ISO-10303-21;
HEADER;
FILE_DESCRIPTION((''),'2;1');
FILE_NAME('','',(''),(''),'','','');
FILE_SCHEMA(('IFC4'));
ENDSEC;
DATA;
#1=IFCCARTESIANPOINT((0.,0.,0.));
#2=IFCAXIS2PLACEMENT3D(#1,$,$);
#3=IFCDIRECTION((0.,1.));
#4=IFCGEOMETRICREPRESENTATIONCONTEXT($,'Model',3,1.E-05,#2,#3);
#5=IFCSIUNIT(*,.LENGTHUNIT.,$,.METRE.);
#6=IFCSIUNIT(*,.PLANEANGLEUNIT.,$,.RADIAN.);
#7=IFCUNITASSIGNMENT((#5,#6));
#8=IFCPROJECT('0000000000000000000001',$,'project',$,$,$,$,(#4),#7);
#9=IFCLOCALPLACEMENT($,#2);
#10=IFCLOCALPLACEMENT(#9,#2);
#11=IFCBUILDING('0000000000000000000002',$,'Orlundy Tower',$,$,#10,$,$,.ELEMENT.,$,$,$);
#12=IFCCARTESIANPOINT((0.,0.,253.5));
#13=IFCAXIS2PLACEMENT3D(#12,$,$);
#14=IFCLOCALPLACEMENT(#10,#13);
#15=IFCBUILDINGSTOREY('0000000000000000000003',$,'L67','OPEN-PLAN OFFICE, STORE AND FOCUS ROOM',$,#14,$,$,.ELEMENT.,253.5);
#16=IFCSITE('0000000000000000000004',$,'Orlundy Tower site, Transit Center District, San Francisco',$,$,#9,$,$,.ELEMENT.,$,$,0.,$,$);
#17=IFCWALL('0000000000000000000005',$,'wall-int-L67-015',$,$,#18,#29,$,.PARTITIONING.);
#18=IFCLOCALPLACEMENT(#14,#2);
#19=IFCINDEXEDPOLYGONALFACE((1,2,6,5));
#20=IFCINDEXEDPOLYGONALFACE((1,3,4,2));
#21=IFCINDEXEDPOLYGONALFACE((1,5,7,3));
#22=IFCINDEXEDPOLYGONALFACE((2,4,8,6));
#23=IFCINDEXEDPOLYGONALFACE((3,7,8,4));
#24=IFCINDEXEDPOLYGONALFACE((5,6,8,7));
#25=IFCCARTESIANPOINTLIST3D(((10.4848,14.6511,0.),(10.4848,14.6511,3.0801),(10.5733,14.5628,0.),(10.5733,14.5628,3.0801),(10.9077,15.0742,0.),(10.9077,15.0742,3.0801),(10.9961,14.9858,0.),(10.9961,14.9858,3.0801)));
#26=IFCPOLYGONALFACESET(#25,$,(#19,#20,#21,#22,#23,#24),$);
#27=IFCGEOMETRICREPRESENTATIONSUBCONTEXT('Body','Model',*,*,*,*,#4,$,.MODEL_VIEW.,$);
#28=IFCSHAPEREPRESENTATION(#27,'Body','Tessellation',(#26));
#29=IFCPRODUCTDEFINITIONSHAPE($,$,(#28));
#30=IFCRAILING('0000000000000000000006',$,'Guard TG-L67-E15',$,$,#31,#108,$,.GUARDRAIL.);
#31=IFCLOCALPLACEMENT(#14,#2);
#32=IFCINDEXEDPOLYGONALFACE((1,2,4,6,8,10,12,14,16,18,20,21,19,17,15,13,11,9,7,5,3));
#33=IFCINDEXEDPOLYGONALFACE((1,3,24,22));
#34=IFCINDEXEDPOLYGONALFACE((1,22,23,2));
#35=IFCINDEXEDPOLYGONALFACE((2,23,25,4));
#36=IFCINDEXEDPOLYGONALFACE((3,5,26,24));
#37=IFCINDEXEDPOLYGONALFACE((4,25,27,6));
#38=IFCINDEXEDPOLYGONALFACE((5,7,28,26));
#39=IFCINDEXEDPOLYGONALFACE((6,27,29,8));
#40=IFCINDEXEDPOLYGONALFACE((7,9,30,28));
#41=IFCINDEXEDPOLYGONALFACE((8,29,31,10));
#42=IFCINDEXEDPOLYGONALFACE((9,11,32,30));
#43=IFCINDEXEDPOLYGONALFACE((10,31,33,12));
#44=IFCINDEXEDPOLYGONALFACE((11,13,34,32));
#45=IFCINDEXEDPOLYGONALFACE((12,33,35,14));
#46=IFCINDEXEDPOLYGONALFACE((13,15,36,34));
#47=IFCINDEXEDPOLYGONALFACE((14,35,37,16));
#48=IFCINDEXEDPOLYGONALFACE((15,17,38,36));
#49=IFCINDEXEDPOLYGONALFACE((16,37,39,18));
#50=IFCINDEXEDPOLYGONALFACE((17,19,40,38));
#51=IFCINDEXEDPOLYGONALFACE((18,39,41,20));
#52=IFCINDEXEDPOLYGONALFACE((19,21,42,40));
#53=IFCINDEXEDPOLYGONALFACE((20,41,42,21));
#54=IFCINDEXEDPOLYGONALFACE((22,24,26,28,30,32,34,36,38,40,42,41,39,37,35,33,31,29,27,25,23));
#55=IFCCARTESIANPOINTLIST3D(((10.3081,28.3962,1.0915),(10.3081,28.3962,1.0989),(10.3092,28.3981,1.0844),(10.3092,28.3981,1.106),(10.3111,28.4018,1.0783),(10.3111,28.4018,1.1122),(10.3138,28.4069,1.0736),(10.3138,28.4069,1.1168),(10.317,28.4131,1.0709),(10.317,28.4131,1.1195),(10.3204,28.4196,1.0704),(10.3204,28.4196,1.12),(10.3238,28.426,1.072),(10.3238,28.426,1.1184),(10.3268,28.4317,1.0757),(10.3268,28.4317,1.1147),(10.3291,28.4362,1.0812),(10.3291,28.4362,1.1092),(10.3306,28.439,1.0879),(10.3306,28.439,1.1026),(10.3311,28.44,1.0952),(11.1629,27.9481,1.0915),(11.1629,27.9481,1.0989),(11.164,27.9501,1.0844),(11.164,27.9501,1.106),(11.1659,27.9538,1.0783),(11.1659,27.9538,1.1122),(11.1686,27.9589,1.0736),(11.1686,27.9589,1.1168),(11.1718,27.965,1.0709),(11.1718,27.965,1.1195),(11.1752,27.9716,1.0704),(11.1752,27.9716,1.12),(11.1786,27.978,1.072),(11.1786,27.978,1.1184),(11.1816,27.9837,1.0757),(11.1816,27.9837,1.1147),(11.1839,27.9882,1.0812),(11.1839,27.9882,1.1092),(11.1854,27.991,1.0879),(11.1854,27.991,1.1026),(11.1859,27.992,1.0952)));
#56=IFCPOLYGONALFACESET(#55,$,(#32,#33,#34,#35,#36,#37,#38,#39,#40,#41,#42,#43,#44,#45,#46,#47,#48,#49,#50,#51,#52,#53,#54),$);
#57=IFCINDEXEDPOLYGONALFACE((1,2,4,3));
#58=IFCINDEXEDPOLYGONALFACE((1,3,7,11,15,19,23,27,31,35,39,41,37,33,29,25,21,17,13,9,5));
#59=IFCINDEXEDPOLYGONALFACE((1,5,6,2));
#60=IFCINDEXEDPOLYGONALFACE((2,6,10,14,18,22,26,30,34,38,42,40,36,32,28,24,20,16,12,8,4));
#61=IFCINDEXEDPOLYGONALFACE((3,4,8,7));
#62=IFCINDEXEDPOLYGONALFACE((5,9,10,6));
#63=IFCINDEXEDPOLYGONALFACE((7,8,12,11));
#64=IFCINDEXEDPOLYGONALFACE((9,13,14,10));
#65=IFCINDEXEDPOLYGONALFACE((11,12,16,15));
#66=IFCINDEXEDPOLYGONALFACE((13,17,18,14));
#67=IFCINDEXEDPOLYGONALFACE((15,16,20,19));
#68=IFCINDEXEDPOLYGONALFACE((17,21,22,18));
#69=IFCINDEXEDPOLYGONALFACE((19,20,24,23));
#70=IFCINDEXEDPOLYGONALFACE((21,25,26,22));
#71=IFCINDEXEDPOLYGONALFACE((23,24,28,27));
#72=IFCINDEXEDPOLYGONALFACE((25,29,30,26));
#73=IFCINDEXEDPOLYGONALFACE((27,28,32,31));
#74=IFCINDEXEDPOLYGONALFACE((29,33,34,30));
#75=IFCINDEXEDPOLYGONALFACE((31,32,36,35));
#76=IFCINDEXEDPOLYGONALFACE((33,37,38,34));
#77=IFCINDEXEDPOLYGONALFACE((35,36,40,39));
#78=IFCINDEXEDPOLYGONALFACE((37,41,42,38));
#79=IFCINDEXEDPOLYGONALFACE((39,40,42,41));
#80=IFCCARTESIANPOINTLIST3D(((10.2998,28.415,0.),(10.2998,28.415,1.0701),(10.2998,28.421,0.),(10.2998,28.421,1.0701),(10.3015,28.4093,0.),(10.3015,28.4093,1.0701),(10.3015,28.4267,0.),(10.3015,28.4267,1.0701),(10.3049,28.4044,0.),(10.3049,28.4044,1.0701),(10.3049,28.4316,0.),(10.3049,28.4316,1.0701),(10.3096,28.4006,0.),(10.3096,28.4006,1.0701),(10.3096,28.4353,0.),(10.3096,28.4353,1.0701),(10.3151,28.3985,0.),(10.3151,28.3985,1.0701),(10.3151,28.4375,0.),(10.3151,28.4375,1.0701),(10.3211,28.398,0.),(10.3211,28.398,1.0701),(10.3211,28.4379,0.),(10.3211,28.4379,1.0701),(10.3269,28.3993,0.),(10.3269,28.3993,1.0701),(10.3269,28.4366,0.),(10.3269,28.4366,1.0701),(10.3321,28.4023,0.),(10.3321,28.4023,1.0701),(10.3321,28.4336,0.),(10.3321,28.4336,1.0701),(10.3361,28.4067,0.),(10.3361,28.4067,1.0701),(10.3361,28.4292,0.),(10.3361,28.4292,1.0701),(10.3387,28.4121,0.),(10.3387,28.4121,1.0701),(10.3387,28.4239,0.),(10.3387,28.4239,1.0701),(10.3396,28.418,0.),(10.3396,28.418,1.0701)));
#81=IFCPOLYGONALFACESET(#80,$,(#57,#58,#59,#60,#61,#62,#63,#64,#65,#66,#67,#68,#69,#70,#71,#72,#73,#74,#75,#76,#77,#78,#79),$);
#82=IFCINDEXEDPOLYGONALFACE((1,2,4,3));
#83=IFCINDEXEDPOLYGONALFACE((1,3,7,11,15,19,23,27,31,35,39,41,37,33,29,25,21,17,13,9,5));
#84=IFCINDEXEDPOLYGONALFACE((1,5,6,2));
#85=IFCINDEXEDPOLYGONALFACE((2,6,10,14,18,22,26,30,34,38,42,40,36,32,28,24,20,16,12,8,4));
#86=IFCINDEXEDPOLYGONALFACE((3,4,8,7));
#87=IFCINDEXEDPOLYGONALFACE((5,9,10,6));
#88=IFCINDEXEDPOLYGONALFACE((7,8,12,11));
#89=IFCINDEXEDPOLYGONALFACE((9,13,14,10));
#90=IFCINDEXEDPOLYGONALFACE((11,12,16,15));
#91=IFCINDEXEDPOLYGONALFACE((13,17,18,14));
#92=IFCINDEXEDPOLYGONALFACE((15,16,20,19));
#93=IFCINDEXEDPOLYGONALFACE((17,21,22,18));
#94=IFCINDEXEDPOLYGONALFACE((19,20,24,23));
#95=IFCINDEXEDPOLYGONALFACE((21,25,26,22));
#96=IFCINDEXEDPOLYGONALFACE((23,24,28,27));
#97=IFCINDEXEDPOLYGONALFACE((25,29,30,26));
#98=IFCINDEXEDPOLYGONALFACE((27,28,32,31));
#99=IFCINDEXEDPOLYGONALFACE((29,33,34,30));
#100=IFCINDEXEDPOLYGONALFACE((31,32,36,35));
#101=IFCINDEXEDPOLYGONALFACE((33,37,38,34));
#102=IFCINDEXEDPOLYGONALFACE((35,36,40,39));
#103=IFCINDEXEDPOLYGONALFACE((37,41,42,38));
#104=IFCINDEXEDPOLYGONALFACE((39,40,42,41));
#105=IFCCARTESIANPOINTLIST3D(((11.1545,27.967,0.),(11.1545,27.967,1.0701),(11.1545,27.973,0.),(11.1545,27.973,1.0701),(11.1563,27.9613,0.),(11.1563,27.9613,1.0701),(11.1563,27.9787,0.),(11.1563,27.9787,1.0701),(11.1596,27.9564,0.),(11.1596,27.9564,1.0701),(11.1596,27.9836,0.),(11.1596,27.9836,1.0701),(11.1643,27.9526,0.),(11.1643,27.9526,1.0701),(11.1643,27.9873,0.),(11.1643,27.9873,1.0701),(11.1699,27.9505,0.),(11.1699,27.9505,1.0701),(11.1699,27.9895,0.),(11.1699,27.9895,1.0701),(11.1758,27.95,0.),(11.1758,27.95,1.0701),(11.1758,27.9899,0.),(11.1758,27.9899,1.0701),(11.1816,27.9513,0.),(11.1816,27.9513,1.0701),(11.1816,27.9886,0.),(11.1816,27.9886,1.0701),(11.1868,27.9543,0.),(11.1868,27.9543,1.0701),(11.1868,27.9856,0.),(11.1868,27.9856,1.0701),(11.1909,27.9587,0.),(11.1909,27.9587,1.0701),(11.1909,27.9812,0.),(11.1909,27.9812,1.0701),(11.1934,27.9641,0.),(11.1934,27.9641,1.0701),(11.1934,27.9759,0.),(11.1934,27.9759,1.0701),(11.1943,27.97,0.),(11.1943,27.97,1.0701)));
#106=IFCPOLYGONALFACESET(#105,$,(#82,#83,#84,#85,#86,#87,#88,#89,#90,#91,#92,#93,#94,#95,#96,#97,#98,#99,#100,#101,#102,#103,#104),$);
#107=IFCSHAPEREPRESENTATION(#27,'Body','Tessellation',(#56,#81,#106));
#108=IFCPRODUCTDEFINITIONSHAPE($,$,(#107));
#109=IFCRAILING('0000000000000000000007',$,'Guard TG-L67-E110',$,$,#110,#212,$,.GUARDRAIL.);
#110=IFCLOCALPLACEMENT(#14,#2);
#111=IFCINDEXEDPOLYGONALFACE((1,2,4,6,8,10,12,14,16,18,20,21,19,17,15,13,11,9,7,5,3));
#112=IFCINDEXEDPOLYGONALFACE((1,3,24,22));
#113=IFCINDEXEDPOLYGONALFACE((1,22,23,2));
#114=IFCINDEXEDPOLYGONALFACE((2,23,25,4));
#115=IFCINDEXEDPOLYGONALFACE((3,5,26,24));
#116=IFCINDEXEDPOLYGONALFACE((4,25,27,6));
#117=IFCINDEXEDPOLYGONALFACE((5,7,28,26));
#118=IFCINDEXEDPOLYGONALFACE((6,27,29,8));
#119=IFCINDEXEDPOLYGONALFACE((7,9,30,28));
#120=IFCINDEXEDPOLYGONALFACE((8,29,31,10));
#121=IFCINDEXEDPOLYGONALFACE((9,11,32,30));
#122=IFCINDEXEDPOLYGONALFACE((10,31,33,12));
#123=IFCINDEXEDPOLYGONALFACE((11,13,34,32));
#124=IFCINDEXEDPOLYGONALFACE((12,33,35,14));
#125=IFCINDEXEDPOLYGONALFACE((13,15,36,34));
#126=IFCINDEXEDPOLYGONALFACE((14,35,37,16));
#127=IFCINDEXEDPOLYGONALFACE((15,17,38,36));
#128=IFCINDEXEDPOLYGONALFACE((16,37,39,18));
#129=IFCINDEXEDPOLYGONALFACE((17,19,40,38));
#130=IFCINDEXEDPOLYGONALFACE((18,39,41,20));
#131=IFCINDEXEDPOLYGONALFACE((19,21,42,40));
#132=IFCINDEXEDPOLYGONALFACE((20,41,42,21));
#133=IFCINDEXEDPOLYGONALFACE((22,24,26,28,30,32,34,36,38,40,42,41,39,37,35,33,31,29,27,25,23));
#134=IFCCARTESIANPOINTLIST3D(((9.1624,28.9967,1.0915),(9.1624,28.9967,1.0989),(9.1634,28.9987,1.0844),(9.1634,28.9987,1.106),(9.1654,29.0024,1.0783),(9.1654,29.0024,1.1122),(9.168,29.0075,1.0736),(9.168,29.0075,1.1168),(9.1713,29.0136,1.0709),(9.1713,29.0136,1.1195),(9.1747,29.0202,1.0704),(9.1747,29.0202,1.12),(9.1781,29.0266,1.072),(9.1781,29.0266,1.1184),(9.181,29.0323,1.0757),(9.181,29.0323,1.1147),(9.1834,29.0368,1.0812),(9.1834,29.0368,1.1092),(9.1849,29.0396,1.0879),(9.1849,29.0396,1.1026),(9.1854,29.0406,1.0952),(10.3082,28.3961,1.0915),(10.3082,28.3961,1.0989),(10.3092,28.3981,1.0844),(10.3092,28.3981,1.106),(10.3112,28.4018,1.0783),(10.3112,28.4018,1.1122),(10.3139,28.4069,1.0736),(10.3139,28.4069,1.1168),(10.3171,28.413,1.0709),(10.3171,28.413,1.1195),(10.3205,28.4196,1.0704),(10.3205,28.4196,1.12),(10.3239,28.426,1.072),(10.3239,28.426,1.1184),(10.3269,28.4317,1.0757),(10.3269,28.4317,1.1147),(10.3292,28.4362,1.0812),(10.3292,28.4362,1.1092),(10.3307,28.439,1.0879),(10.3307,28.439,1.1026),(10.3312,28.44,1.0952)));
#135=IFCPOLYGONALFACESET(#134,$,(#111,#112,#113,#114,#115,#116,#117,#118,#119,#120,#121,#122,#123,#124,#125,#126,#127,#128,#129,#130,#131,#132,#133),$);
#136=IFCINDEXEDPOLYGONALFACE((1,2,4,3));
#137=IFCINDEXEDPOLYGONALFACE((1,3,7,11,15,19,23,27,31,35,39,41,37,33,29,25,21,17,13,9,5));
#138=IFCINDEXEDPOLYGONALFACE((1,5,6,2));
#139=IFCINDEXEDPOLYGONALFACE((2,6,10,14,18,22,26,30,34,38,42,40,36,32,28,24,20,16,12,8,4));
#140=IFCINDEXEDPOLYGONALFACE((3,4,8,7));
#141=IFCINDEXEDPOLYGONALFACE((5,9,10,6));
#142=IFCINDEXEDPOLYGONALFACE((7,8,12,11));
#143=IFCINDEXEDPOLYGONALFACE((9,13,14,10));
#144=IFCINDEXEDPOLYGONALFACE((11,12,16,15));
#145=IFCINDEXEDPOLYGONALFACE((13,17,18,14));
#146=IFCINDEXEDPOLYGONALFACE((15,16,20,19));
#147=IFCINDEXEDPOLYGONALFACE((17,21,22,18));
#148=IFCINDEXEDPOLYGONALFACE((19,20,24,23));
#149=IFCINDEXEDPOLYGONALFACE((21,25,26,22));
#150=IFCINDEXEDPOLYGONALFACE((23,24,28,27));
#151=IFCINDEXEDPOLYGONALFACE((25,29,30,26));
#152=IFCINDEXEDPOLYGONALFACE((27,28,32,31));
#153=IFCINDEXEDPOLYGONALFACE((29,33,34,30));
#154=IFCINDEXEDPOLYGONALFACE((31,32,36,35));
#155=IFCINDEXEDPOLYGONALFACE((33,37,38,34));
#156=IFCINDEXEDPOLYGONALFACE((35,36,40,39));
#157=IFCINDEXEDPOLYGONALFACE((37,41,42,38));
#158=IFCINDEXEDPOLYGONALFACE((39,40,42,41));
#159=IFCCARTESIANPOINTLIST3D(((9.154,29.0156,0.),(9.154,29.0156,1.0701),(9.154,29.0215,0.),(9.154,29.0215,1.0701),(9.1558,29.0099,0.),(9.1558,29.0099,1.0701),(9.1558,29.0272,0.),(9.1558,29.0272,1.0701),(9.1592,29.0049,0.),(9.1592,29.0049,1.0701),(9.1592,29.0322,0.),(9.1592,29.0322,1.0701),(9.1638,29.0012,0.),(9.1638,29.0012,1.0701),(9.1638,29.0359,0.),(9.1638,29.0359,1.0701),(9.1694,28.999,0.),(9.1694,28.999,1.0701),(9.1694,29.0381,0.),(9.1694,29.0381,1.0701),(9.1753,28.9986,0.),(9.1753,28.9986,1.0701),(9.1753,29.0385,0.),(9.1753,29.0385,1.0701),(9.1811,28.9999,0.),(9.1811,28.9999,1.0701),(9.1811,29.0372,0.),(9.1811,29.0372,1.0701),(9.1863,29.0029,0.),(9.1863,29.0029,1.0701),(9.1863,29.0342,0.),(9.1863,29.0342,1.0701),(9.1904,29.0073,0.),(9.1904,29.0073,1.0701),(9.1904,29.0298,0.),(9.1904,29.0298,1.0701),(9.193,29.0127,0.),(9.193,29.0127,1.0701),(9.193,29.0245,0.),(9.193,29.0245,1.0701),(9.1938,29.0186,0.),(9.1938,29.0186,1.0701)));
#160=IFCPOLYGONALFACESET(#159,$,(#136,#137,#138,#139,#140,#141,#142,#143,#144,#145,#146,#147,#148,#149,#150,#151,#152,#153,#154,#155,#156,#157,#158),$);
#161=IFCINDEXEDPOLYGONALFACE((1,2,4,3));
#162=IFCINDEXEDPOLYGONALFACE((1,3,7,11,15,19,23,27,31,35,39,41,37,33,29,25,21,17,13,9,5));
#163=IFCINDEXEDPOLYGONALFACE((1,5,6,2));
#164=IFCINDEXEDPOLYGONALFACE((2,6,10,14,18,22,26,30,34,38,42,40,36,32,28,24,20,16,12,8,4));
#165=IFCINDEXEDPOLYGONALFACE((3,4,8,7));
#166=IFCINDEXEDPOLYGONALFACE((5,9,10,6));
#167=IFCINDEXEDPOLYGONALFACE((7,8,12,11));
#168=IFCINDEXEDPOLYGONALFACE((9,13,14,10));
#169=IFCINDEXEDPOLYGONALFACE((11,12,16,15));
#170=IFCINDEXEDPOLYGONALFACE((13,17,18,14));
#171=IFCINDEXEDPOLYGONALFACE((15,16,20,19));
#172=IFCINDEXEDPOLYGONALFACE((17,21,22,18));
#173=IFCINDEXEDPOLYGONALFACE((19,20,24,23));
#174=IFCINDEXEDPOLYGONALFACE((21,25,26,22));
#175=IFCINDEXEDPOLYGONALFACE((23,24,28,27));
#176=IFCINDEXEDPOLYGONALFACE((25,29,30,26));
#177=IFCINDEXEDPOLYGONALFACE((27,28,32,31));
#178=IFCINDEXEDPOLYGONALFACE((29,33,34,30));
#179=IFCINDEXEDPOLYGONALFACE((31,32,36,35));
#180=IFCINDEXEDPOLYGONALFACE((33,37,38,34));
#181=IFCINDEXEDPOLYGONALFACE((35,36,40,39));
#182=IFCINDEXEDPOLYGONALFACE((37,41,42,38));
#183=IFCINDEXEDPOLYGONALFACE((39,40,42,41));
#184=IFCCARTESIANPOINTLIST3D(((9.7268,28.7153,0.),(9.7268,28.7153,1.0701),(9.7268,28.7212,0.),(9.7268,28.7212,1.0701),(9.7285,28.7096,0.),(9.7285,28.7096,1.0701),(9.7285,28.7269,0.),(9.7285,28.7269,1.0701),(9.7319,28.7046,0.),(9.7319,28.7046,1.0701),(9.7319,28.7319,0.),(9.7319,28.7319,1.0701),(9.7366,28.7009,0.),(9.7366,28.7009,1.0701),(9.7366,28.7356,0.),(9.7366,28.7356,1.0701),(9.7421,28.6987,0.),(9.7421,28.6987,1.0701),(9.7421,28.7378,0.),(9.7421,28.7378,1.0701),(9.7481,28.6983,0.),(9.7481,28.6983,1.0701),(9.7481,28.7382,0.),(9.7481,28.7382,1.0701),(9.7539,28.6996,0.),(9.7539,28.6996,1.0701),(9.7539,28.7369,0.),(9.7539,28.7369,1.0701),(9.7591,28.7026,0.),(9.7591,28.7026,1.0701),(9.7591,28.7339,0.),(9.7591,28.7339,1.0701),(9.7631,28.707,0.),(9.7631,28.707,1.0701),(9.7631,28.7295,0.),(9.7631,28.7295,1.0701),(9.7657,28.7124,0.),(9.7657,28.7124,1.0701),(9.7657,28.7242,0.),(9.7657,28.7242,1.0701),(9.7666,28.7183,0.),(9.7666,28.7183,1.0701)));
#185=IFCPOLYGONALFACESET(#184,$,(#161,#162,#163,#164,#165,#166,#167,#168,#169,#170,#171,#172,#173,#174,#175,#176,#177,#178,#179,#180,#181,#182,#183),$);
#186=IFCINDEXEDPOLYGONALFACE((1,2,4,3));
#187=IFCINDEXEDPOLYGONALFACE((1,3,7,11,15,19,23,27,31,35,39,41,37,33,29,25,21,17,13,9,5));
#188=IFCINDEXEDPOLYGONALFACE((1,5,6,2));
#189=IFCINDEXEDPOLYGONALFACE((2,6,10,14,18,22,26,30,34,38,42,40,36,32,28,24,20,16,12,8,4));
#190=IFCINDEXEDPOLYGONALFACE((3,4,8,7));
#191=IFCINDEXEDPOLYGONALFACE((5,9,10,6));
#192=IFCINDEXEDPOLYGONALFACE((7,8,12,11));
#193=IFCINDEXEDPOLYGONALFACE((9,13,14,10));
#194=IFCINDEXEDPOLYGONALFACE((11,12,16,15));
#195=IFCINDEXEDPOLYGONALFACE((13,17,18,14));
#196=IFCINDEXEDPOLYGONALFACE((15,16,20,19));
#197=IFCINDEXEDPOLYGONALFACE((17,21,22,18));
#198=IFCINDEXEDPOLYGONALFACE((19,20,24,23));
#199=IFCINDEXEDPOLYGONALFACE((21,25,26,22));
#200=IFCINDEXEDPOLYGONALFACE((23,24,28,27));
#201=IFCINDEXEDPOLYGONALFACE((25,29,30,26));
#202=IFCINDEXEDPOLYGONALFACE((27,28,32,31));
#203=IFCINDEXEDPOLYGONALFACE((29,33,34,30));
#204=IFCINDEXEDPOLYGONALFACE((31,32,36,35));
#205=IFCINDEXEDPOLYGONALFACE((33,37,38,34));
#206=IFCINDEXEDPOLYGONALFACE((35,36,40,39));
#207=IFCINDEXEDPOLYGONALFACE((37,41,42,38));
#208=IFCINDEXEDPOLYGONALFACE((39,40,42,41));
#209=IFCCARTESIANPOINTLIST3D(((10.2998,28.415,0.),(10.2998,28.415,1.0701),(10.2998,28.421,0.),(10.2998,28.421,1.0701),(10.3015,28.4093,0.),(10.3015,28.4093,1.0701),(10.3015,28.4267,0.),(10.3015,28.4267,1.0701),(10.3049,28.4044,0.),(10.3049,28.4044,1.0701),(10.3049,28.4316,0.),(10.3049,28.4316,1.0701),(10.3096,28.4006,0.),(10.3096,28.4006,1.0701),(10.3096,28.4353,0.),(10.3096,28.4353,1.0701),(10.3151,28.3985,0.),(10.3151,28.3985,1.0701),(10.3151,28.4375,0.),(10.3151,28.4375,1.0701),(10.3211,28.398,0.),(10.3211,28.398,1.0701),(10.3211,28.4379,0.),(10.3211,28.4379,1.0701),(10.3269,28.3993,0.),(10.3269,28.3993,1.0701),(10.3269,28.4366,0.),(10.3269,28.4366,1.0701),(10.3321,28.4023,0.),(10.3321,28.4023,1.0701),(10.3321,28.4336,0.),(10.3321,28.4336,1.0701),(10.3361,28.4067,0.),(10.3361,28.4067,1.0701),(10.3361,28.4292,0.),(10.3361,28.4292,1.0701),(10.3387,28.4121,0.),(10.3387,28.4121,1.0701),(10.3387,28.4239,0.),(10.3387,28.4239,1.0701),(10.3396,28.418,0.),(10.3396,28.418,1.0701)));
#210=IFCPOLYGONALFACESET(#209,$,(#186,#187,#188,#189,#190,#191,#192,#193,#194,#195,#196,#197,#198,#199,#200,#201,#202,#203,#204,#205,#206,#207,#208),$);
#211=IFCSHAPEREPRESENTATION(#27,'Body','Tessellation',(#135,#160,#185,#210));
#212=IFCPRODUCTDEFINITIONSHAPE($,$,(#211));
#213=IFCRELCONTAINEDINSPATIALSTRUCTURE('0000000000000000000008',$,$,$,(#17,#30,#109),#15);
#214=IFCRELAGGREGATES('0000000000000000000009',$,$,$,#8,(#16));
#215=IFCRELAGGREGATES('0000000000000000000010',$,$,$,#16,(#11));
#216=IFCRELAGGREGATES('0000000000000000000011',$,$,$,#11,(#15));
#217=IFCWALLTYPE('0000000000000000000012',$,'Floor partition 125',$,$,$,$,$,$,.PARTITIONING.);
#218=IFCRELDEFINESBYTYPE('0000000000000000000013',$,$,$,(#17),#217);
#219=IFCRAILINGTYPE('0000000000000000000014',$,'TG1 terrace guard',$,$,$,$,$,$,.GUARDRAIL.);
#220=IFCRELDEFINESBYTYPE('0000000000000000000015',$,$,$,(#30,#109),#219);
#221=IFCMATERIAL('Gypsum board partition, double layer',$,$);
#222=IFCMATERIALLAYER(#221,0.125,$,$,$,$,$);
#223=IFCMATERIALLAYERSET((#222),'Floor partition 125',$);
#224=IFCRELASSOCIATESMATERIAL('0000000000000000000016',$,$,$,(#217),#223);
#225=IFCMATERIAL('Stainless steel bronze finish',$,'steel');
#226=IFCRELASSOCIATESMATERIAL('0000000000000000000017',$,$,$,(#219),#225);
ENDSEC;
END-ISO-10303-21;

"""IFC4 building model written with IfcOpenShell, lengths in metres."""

from ifc_helpers import new_model, si_unit, direction, frame, frame_2d, origin, origin_2d, place, context, subcontext, project, spatial, rectangle, circle, extrude, material, layer, layer_set, type_object, element, save


model = new_model("IFC4")

# Units and contexts
model_context = context("Model", 3, precision=1e-05, world=origin(), true_north=direction((0.0, 1.0)))
body_context = subcontext(model_context, "Body", "Model", "MODEL_VIEW")
ifc_project = project(units=[si_unit("LENGTHUNIT", "METRE"), si_unit("PLANEANGLEUNIT", "RADIAN")], contexts=[model_context])

# Site, building, storey
site_placement = place(None, origin())
site = spatial("IfcSite", under=ifc_project, at=site_placement, Name="Orlundy Tower site, Transit Center District, San Francisco", CompositionType="ELEMENT", RefElevation=0.0)
building_placement = place(site_placement, origin())
building = spatial("IfcBuilding", under=site, at=building_placement, Name="Orlundy Tower", CompositionType="ELEMENT")
storey_placement = place(building_placement, frame((0.0, 0.0, 253.5)))
storey = spatial("IfcBuildingStorey", under=building, at=storey_placement, Name="L67", Description="OPEN-PLAN OFFICE, STORE AND FOCUS ROOM", CompositionType="ELEMENT", Elevation=253.5)

# Shared definitions
ifc_material_1 = material(Name="Gypsum board partition, double layer")
ifc_layer_1 = layer(ifc_material_1, 0.125)
ifc_layer_set_1 = layer_set([ifc_layer_1], Name="Floor partition 125")
wall_type = type_object("IfcWallType", Name="Floor partition 125", PredefinedType="PARTITIONING", material=ifc_layer_set_1)

# Wall
wall_1_placement = place(storey_placement, frame((10.5291, 14.6069, 0.0), z_axis=(0.0, 0.0, 1.0), x_axis=(0.706903, 0.707311, 0.0)))
element("IfcWall", 1, at=wall_1_placement, inside=storey, type_object=wall_type, Name="wall-int-L67-015", PredefinedType="PARTITIONING", context=body_context, shape_type="SweptSolid", body=[
    extrude(rectangle(XDim=0.5981, YDim=0.125, at=frame_2d((0.2991, 0.0))), origin(), (0.0, 0.0, 1.0), 3.0801),
])

# Railings
ifc_material_2 = material(Name="Stainless steel bronze finish", Category="steel")
railing_type = type_object("IfcRailingType", Name="TG1 terrace guard", PredefinedType="GUARDRAIL", material=ifc_material_2)
railing_1_placement = place(storey_placement, frame((10.3196, 28.418, 0.0)))
element("IfcRailing", 2, at=railing_1_placement, inside=storey, type_object=railing_type, Name="Guard TG-L67-E15", PredefinedType="GUARDRAIL", context=body_context, shape_type="SweptSolid", body=[
    extrude(circle(Radius=0.0249, at=origin_2d()), frame((0.0, 0.0, 1.0952), z_axis=(0.885713, -0.464234, 0.0), x_axis=(0.464234, 0.885713, 0.0)), (0.0, 0.0, 1.0), 0.9651),
    extrude(circle(Radius=0.02, at=origin_2d()), origin(), (0.0, 0.0, 1.0), 1.0701),
    extrude(circle(Radius=0.02, at=origin_2d()), frame((0.8547, -0.448, 0.0)), (0.0, 0.0, 1.0), 1.0701),
])
railing_2_placement = place(storey_placement, frame((9.1738, 29.0186, 0.0)))
element("IfcRailing", 3, at=railing_2_placement, inside=storey, type_object=railing_type, Name="Guard TG-L67-E110", PredefinedType="GUARDRAIL", context=body_context, shape_type="SweptSolid", body=[
    extrude(circle(Radius=0.0249, at=origin_2d()), frame((0.0, 0.0, 1.0952), z_axis=(0.885695, -0.464268, 0.0), x_axis=(0.464268, 0.885695, 0.0)), (0.0, 0.0, 1.0), 1.2937),
    extrude(circle(Radius=0.02, at=origin_2d()), origin(), (0.0, 0.0, 1.0), 1.0701),
    extrude(circle(Radius=0.02, at=origin_2d()), frame((0.5728, -0.3003, 0.0)), (0.0, 0.0, 1.0), 1.0701),
    extrude(circle(Radius=0.02, at=origin_2d()), frame((1.1458, -0.6006, 0.0)), (0.0, 0.0, 1.0), 1.0701),
])

save(model, "model.ifc")
